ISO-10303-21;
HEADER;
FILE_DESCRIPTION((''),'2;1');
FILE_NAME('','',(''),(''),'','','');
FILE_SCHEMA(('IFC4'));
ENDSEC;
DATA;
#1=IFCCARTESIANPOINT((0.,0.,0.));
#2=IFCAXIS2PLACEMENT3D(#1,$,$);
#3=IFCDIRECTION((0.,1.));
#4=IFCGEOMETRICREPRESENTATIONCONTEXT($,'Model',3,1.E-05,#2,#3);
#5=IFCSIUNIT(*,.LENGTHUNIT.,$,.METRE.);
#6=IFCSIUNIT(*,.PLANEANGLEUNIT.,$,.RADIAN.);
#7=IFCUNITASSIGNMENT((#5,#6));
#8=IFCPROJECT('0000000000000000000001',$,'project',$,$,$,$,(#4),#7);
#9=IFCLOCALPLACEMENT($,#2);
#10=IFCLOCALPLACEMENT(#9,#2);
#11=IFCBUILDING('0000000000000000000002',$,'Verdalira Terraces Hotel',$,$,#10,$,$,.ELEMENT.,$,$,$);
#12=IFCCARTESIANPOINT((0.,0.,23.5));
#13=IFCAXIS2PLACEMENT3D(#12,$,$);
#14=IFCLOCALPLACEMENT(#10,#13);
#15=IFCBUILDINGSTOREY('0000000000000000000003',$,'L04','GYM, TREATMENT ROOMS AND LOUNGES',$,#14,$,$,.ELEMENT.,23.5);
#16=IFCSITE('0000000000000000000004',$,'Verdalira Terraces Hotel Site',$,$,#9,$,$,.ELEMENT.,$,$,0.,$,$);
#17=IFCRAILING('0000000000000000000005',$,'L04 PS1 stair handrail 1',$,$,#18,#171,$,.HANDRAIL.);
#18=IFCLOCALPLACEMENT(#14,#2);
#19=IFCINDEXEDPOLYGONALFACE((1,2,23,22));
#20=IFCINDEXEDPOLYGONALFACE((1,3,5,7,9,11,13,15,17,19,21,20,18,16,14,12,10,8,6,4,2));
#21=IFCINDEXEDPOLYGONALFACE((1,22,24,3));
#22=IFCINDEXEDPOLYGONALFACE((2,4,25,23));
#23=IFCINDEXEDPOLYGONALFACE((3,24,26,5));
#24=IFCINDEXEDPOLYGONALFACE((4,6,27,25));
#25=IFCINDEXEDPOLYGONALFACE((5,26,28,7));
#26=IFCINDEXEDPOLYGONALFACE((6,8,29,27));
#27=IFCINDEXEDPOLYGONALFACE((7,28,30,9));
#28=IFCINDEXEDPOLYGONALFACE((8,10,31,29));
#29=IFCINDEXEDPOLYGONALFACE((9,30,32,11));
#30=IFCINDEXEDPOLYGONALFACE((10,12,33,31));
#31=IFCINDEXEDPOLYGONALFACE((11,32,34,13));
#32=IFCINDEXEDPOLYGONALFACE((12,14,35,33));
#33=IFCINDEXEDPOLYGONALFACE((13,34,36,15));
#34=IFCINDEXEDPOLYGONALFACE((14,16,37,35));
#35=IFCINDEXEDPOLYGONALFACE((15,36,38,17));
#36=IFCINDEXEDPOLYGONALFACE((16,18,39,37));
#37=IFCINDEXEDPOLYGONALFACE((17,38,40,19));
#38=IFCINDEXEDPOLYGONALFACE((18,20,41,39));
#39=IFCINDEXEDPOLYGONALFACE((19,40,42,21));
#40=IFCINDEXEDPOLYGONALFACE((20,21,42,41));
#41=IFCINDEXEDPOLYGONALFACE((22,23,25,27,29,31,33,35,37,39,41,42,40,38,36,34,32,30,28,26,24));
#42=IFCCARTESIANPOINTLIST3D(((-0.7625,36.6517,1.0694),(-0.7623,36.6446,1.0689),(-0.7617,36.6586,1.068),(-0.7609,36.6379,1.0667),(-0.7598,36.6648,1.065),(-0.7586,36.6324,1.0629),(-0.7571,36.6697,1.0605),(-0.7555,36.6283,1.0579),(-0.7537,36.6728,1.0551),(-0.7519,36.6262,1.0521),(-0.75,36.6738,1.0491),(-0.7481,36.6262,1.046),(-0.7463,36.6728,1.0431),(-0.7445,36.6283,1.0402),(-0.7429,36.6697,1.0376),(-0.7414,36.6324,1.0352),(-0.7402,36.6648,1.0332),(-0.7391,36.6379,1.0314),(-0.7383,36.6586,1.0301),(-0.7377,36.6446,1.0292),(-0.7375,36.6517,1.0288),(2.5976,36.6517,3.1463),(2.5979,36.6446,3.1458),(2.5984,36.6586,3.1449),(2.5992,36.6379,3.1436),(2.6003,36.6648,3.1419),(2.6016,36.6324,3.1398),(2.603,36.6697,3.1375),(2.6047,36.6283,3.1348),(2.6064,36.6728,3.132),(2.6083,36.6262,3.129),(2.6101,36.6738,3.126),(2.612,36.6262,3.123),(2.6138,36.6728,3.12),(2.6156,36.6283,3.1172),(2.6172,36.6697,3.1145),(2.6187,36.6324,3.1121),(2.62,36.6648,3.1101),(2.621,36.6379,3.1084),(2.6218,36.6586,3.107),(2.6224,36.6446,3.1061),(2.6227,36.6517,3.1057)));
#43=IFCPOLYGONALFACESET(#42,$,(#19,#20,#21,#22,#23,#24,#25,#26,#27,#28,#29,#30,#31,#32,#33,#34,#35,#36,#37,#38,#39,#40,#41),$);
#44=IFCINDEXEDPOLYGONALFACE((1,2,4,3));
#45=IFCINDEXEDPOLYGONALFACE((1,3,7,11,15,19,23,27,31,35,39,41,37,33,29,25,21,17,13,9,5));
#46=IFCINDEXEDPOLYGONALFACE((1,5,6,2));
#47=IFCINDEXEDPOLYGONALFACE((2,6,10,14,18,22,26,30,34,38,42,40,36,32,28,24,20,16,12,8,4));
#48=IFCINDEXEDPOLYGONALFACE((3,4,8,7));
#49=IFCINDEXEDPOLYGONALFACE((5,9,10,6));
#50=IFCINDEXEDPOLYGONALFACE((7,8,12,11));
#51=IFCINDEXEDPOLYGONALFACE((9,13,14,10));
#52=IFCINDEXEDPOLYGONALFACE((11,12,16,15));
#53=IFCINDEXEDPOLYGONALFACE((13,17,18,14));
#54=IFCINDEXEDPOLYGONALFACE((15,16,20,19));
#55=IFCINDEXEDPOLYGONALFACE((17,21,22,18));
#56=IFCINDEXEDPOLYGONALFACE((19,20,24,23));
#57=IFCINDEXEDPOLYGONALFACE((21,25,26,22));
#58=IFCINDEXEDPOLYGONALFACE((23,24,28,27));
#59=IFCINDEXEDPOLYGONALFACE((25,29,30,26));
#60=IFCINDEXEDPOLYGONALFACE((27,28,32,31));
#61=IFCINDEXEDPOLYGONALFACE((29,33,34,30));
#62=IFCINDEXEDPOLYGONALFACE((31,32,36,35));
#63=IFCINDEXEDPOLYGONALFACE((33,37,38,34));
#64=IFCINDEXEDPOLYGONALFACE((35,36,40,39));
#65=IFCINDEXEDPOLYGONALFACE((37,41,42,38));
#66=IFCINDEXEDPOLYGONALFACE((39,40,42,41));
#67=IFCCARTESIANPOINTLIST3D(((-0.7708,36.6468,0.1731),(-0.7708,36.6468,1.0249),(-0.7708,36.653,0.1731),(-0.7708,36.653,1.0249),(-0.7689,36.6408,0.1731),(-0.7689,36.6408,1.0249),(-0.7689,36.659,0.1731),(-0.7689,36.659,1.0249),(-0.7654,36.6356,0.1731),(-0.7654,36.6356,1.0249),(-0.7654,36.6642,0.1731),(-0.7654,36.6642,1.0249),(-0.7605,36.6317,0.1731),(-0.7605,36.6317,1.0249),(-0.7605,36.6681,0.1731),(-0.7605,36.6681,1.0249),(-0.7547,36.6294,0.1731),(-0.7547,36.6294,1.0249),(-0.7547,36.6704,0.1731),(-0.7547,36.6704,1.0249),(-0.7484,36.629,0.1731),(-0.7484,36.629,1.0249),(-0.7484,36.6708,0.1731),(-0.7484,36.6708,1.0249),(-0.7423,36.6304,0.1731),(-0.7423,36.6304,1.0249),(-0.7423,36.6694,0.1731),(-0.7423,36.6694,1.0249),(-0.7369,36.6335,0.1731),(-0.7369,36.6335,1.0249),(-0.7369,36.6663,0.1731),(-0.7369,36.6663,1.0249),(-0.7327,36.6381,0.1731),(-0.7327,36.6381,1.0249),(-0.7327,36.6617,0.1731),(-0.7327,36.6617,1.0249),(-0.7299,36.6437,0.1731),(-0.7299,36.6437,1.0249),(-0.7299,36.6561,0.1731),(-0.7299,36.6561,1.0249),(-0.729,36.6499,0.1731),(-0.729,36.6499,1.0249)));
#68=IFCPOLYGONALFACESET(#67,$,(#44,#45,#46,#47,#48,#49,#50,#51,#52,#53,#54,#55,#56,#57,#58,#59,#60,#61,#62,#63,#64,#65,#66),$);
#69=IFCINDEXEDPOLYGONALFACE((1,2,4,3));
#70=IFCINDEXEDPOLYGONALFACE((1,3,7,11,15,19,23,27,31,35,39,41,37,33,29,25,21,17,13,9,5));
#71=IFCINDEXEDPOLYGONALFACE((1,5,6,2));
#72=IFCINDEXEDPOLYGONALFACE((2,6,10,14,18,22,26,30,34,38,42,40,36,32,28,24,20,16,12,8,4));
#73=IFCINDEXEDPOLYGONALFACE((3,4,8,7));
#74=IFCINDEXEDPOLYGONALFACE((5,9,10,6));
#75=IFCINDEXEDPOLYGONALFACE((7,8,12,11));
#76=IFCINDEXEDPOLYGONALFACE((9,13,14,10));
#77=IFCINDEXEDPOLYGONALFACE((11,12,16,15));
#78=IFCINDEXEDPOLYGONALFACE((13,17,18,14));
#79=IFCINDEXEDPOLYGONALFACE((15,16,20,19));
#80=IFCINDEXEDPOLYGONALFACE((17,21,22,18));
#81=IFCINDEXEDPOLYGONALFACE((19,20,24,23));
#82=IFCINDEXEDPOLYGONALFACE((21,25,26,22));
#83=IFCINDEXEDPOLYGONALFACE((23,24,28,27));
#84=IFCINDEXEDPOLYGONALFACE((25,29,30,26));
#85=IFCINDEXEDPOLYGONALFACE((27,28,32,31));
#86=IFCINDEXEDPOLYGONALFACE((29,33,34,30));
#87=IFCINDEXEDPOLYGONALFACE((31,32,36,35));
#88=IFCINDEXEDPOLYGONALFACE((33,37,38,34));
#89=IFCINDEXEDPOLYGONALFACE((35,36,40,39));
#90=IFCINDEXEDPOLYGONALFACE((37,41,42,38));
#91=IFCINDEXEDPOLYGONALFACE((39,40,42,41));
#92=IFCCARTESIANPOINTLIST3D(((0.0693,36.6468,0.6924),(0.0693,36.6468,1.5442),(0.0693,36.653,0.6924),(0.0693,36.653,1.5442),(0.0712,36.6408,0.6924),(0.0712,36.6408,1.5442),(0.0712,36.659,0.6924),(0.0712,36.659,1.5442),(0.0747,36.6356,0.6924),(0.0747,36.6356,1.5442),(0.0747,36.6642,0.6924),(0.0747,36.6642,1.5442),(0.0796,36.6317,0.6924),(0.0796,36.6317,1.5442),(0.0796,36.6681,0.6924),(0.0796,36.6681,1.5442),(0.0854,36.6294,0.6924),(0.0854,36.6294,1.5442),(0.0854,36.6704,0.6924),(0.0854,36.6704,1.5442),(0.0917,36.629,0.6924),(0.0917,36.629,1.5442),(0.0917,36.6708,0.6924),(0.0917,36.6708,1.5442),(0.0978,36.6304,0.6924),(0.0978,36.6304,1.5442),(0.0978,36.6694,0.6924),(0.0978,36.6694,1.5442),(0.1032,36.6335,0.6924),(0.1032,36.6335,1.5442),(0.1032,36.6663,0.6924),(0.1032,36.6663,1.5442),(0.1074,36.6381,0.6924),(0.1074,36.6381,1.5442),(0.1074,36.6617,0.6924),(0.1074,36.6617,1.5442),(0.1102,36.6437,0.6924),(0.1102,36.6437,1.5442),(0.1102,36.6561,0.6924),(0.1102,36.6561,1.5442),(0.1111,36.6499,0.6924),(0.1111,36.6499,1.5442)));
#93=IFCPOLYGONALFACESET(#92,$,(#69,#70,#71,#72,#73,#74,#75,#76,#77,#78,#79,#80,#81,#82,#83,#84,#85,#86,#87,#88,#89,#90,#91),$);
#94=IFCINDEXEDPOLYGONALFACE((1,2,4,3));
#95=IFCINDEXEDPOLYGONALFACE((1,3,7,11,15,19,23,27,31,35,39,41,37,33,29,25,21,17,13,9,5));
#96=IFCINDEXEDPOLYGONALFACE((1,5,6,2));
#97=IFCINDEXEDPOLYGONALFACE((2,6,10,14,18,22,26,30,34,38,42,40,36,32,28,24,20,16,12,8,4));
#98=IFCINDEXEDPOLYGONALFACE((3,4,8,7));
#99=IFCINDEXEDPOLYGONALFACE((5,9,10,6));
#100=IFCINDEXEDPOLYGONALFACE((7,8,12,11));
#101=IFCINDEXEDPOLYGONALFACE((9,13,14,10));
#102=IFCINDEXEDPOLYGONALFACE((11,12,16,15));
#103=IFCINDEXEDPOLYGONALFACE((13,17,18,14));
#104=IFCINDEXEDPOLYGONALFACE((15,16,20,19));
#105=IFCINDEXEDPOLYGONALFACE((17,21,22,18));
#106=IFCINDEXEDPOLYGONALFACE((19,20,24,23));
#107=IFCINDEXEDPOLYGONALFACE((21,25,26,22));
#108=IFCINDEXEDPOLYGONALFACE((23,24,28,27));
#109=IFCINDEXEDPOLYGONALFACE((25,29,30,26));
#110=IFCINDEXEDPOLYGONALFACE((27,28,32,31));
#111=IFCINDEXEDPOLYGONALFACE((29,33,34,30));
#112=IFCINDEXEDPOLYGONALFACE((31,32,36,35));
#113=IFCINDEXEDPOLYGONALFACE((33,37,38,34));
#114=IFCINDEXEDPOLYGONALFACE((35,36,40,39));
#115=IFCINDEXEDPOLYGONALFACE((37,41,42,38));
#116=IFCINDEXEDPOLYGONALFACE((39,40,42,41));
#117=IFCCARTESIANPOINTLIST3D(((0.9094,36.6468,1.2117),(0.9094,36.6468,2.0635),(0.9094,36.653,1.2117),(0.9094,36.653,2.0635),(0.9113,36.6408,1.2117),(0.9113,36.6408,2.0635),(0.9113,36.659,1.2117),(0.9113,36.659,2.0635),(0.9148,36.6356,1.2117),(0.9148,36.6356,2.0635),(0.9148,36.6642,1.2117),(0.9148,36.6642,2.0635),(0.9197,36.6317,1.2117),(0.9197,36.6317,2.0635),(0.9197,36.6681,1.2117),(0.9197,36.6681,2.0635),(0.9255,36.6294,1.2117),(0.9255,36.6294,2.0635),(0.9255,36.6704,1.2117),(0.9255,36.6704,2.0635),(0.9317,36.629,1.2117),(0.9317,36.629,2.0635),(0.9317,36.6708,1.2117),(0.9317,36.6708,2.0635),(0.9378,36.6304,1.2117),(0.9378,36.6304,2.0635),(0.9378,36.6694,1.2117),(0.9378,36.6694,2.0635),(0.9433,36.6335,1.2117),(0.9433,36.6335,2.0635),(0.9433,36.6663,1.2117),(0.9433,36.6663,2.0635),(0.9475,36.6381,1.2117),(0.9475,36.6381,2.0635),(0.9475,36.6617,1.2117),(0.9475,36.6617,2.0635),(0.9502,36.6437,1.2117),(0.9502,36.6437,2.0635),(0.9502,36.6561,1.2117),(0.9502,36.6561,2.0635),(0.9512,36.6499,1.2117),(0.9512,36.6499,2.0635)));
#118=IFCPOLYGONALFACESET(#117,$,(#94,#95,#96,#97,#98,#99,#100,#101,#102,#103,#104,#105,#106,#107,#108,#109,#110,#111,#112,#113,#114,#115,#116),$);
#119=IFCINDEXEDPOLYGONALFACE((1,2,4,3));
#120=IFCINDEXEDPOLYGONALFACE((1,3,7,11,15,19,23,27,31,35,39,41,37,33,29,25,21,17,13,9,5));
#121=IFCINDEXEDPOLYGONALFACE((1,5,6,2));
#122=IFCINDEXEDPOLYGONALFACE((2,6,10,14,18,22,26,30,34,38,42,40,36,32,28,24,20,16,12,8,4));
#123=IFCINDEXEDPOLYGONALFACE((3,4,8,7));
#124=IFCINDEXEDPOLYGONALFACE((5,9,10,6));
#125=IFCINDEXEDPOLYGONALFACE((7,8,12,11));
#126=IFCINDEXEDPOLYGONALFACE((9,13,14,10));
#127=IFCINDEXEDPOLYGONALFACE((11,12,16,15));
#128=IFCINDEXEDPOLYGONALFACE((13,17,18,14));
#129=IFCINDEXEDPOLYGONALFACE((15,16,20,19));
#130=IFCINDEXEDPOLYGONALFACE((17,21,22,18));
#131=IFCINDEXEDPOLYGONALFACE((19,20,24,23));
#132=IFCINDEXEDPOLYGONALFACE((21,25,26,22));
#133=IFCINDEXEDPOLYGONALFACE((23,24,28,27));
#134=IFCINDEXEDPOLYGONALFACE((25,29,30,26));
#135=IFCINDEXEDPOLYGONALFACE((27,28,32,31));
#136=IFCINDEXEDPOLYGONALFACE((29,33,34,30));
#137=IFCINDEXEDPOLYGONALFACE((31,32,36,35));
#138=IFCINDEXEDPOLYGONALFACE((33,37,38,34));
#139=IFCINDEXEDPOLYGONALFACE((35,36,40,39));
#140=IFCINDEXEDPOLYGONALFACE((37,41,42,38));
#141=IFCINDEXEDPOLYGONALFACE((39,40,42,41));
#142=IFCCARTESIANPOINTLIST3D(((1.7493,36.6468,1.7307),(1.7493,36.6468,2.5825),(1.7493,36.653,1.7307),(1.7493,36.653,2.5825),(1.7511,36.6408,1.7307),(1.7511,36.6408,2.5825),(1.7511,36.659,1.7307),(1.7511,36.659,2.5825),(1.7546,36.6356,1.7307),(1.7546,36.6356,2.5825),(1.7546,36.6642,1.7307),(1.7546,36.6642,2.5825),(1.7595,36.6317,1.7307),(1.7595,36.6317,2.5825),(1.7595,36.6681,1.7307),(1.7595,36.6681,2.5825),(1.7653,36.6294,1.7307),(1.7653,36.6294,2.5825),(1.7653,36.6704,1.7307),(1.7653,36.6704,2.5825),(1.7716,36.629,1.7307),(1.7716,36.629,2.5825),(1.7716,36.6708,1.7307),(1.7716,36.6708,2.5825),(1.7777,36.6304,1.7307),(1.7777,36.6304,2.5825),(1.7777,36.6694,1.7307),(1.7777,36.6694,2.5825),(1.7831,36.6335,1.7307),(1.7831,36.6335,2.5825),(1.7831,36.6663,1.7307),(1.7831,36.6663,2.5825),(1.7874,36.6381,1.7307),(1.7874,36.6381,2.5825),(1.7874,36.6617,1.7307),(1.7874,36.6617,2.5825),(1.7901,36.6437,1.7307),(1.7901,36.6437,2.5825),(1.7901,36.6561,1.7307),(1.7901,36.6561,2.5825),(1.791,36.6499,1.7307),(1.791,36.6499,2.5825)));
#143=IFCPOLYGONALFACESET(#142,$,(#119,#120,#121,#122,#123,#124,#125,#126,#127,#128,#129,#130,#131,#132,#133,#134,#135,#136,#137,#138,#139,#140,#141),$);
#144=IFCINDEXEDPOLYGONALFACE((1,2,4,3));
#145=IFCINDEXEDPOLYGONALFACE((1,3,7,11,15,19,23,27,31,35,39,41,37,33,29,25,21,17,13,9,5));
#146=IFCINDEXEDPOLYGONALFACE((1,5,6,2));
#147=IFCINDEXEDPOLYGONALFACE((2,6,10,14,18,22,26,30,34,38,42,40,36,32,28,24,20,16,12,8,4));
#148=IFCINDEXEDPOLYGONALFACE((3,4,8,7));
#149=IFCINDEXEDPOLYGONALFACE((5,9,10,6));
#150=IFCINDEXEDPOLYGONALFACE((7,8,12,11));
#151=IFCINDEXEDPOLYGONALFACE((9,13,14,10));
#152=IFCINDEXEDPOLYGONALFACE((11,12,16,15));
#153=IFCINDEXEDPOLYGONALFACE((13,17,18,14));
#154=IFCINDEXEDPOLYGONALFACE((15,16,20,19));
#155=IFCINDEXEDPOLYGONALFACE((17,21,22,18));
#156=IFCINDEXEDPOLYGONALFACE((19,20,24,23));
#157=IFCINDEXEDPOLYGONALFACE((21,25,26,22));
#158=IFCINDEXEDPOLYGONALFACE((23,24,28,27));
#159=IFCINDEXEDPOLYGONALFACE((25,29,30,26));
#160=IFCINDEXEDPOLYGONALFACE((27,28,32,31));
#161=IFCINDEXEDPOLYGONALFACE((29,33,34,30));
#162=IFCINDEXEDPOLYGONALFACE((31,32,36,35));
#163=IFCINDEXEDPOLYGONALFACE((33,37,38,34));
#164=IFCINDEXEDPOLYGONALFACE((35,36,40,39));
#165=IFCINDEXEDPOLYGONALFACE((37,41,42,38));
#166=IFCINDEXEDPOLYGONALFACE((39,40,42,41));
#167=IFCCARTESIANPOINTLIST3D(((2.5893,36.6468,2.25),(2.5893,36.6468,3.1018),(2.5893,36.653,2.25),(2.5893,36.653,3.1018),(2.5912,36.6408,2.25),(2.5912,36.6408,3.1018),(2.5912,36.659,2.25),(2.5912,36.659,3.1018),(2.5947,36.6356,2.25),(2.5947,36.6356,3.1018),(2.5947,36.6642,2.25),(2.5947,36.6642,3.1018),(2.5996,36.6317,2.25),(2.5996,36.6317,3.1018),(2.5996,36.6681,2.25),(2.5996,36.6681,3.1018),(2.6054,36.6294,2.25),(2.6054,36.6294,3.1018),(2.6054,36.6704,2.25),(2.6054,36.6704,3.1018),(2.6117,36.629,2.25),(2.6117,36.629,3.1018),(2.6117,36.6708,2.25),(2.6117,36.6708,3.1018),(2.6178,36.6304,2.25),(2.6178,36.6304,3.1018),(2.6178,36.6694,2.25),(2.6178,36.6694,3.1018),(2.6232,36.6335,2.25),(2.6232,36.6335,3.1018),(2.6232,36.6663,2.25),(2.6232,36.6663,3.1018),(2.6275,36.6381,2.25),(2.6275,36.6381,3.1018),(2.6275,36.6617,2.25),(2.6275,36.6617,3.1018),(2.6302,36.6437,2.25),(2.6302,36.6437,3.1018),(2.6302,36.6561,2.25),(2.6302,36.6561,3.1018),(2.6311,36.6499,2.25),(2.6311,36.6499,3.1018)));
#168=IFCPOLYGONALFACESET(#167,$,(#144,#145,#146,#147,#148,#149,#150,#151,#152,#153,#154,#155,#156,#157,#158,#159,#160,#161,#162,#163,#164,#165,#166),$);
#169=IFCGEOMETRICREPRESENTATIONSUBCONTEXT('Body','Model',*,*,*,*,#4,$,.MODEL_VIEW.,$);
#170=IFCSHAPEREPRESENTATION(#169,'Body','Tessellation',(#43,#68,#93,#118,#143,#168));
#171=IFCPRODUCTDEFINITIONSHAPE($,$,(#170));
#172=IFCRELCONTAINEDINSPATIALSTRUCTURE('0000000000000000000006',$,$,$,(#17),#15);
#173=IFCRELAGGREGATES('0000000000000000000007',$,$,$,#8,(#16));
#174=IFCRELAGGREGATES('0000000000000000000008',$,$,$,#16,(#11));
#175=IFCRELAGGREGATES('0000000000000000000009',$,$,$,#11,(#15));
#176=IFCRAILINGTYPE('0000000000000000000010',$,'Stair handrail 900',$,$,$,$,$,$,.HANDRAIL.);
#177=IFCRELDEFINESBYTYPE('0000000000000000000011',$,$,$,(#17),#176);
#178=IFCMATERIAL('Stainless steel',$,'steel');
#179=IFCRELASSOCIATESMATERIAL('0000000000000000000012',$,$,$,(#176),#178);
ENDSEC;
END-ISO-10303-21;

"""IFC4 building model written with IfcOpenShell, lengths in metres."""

from ifc_helpers import new_model, si_unit, direction, frame, origin, origin_2d, place, context, subcontext, project, spatial, circle, extrude, material, type_object, element, save


model = new_model("IFC4")

# Units and contexts
model_context = context("Model", 3, precision=1e-05, world=origin(), true_north=direction((0.0, 1.0)))
body_context = subcontext(model_context, "Body", "Model", "MODEL_VIEW")
ifc_project = project(units=[si_unit("LENGTHUNIT", "METRE"), si_unit("PLANEANGLEUNIT", "RADIAN")], contexts=[model_context])

# Site, building, storey
site_placement = place(None, origin())
site = spatial("IfcSite", under=ifc_project, at=site_placement, Name="Verdalira Terraces Hotel Site", CompositionType="ELEMENT", RefElevation=0.0)
building_placement = place(site_placement, origin())
building = spatial("IfcBuilding", under=site, at=building_placement, Name="Verdalira Terraces Hotel", CompositionType="ELEMENT")
storey_placement = place(building_placement, frame((0.0, 0.0, 23.5)))
storey = spatial("IfcBuildingStorey", under=building, at=storey_placement, Name="L04", Description="GYM, TREATMENT ROOMS AND LOUNGES", CompositionType="ELEMENT", Elevation=23.5)

# Railing
ifc_material_1 = material(Name="Stainless steel", Category="steel")
railing_type_1 = type_object("IfcRailingType", Name="Stair handrail 900", PredefinedType="HANDRAIL", material=ifc_material_1)
railing_1_placement = place(storey_placement, frame((-0.75, 36.6499, 0.1731)))
element("IfcRailing", 1, at=railing_1_placement, inside=storey, type_object=railing_type_1, Name="L04 PS1 stair handrail 1", PredefinedType="HANDRAIL", context=body_context, shape_type="SweptSolid", body=[
    extrude(circle(Radius=0.0239, at=origin_2d()), frame((0.0, 0.0, 0.876), z_axis=(0.850623, 0.0, 0.525776), x_axis=(0.0, 1.0, 0.0)), (0.0, 0.0, 1.0), 3.9502),
    extrude(circle(Radius=0.021, at=origin_2d()), origin(), (0.0, 0.0, 1.0), 0.8518),
    extrude(circle(Radius=0.021, at=origin_2d()), frame((0.8401, 0.0, 0.5193)), (0.0, 0.0, 1.0), 0.8518),
    extrude(circle(Radius=0.021, at=origin_2d()), frame((1.6802, 0.0, 1.0386)), (0.0, 0.0, 1.0), 0.8518),
    extrude(circle(Radius=0.021, at=origin_2d()), frame((2.52, 0.0, 1.5576)), (0.0, 0.0, 1.0), 0.8518),
    extrude(circle(Radius=0.021, at=origin_2d()), frame((3.3601, 0.0, 2.0769)), (0.0, 0.0, 1.0), 0.8518),
])

save(model, "model.ifc")
